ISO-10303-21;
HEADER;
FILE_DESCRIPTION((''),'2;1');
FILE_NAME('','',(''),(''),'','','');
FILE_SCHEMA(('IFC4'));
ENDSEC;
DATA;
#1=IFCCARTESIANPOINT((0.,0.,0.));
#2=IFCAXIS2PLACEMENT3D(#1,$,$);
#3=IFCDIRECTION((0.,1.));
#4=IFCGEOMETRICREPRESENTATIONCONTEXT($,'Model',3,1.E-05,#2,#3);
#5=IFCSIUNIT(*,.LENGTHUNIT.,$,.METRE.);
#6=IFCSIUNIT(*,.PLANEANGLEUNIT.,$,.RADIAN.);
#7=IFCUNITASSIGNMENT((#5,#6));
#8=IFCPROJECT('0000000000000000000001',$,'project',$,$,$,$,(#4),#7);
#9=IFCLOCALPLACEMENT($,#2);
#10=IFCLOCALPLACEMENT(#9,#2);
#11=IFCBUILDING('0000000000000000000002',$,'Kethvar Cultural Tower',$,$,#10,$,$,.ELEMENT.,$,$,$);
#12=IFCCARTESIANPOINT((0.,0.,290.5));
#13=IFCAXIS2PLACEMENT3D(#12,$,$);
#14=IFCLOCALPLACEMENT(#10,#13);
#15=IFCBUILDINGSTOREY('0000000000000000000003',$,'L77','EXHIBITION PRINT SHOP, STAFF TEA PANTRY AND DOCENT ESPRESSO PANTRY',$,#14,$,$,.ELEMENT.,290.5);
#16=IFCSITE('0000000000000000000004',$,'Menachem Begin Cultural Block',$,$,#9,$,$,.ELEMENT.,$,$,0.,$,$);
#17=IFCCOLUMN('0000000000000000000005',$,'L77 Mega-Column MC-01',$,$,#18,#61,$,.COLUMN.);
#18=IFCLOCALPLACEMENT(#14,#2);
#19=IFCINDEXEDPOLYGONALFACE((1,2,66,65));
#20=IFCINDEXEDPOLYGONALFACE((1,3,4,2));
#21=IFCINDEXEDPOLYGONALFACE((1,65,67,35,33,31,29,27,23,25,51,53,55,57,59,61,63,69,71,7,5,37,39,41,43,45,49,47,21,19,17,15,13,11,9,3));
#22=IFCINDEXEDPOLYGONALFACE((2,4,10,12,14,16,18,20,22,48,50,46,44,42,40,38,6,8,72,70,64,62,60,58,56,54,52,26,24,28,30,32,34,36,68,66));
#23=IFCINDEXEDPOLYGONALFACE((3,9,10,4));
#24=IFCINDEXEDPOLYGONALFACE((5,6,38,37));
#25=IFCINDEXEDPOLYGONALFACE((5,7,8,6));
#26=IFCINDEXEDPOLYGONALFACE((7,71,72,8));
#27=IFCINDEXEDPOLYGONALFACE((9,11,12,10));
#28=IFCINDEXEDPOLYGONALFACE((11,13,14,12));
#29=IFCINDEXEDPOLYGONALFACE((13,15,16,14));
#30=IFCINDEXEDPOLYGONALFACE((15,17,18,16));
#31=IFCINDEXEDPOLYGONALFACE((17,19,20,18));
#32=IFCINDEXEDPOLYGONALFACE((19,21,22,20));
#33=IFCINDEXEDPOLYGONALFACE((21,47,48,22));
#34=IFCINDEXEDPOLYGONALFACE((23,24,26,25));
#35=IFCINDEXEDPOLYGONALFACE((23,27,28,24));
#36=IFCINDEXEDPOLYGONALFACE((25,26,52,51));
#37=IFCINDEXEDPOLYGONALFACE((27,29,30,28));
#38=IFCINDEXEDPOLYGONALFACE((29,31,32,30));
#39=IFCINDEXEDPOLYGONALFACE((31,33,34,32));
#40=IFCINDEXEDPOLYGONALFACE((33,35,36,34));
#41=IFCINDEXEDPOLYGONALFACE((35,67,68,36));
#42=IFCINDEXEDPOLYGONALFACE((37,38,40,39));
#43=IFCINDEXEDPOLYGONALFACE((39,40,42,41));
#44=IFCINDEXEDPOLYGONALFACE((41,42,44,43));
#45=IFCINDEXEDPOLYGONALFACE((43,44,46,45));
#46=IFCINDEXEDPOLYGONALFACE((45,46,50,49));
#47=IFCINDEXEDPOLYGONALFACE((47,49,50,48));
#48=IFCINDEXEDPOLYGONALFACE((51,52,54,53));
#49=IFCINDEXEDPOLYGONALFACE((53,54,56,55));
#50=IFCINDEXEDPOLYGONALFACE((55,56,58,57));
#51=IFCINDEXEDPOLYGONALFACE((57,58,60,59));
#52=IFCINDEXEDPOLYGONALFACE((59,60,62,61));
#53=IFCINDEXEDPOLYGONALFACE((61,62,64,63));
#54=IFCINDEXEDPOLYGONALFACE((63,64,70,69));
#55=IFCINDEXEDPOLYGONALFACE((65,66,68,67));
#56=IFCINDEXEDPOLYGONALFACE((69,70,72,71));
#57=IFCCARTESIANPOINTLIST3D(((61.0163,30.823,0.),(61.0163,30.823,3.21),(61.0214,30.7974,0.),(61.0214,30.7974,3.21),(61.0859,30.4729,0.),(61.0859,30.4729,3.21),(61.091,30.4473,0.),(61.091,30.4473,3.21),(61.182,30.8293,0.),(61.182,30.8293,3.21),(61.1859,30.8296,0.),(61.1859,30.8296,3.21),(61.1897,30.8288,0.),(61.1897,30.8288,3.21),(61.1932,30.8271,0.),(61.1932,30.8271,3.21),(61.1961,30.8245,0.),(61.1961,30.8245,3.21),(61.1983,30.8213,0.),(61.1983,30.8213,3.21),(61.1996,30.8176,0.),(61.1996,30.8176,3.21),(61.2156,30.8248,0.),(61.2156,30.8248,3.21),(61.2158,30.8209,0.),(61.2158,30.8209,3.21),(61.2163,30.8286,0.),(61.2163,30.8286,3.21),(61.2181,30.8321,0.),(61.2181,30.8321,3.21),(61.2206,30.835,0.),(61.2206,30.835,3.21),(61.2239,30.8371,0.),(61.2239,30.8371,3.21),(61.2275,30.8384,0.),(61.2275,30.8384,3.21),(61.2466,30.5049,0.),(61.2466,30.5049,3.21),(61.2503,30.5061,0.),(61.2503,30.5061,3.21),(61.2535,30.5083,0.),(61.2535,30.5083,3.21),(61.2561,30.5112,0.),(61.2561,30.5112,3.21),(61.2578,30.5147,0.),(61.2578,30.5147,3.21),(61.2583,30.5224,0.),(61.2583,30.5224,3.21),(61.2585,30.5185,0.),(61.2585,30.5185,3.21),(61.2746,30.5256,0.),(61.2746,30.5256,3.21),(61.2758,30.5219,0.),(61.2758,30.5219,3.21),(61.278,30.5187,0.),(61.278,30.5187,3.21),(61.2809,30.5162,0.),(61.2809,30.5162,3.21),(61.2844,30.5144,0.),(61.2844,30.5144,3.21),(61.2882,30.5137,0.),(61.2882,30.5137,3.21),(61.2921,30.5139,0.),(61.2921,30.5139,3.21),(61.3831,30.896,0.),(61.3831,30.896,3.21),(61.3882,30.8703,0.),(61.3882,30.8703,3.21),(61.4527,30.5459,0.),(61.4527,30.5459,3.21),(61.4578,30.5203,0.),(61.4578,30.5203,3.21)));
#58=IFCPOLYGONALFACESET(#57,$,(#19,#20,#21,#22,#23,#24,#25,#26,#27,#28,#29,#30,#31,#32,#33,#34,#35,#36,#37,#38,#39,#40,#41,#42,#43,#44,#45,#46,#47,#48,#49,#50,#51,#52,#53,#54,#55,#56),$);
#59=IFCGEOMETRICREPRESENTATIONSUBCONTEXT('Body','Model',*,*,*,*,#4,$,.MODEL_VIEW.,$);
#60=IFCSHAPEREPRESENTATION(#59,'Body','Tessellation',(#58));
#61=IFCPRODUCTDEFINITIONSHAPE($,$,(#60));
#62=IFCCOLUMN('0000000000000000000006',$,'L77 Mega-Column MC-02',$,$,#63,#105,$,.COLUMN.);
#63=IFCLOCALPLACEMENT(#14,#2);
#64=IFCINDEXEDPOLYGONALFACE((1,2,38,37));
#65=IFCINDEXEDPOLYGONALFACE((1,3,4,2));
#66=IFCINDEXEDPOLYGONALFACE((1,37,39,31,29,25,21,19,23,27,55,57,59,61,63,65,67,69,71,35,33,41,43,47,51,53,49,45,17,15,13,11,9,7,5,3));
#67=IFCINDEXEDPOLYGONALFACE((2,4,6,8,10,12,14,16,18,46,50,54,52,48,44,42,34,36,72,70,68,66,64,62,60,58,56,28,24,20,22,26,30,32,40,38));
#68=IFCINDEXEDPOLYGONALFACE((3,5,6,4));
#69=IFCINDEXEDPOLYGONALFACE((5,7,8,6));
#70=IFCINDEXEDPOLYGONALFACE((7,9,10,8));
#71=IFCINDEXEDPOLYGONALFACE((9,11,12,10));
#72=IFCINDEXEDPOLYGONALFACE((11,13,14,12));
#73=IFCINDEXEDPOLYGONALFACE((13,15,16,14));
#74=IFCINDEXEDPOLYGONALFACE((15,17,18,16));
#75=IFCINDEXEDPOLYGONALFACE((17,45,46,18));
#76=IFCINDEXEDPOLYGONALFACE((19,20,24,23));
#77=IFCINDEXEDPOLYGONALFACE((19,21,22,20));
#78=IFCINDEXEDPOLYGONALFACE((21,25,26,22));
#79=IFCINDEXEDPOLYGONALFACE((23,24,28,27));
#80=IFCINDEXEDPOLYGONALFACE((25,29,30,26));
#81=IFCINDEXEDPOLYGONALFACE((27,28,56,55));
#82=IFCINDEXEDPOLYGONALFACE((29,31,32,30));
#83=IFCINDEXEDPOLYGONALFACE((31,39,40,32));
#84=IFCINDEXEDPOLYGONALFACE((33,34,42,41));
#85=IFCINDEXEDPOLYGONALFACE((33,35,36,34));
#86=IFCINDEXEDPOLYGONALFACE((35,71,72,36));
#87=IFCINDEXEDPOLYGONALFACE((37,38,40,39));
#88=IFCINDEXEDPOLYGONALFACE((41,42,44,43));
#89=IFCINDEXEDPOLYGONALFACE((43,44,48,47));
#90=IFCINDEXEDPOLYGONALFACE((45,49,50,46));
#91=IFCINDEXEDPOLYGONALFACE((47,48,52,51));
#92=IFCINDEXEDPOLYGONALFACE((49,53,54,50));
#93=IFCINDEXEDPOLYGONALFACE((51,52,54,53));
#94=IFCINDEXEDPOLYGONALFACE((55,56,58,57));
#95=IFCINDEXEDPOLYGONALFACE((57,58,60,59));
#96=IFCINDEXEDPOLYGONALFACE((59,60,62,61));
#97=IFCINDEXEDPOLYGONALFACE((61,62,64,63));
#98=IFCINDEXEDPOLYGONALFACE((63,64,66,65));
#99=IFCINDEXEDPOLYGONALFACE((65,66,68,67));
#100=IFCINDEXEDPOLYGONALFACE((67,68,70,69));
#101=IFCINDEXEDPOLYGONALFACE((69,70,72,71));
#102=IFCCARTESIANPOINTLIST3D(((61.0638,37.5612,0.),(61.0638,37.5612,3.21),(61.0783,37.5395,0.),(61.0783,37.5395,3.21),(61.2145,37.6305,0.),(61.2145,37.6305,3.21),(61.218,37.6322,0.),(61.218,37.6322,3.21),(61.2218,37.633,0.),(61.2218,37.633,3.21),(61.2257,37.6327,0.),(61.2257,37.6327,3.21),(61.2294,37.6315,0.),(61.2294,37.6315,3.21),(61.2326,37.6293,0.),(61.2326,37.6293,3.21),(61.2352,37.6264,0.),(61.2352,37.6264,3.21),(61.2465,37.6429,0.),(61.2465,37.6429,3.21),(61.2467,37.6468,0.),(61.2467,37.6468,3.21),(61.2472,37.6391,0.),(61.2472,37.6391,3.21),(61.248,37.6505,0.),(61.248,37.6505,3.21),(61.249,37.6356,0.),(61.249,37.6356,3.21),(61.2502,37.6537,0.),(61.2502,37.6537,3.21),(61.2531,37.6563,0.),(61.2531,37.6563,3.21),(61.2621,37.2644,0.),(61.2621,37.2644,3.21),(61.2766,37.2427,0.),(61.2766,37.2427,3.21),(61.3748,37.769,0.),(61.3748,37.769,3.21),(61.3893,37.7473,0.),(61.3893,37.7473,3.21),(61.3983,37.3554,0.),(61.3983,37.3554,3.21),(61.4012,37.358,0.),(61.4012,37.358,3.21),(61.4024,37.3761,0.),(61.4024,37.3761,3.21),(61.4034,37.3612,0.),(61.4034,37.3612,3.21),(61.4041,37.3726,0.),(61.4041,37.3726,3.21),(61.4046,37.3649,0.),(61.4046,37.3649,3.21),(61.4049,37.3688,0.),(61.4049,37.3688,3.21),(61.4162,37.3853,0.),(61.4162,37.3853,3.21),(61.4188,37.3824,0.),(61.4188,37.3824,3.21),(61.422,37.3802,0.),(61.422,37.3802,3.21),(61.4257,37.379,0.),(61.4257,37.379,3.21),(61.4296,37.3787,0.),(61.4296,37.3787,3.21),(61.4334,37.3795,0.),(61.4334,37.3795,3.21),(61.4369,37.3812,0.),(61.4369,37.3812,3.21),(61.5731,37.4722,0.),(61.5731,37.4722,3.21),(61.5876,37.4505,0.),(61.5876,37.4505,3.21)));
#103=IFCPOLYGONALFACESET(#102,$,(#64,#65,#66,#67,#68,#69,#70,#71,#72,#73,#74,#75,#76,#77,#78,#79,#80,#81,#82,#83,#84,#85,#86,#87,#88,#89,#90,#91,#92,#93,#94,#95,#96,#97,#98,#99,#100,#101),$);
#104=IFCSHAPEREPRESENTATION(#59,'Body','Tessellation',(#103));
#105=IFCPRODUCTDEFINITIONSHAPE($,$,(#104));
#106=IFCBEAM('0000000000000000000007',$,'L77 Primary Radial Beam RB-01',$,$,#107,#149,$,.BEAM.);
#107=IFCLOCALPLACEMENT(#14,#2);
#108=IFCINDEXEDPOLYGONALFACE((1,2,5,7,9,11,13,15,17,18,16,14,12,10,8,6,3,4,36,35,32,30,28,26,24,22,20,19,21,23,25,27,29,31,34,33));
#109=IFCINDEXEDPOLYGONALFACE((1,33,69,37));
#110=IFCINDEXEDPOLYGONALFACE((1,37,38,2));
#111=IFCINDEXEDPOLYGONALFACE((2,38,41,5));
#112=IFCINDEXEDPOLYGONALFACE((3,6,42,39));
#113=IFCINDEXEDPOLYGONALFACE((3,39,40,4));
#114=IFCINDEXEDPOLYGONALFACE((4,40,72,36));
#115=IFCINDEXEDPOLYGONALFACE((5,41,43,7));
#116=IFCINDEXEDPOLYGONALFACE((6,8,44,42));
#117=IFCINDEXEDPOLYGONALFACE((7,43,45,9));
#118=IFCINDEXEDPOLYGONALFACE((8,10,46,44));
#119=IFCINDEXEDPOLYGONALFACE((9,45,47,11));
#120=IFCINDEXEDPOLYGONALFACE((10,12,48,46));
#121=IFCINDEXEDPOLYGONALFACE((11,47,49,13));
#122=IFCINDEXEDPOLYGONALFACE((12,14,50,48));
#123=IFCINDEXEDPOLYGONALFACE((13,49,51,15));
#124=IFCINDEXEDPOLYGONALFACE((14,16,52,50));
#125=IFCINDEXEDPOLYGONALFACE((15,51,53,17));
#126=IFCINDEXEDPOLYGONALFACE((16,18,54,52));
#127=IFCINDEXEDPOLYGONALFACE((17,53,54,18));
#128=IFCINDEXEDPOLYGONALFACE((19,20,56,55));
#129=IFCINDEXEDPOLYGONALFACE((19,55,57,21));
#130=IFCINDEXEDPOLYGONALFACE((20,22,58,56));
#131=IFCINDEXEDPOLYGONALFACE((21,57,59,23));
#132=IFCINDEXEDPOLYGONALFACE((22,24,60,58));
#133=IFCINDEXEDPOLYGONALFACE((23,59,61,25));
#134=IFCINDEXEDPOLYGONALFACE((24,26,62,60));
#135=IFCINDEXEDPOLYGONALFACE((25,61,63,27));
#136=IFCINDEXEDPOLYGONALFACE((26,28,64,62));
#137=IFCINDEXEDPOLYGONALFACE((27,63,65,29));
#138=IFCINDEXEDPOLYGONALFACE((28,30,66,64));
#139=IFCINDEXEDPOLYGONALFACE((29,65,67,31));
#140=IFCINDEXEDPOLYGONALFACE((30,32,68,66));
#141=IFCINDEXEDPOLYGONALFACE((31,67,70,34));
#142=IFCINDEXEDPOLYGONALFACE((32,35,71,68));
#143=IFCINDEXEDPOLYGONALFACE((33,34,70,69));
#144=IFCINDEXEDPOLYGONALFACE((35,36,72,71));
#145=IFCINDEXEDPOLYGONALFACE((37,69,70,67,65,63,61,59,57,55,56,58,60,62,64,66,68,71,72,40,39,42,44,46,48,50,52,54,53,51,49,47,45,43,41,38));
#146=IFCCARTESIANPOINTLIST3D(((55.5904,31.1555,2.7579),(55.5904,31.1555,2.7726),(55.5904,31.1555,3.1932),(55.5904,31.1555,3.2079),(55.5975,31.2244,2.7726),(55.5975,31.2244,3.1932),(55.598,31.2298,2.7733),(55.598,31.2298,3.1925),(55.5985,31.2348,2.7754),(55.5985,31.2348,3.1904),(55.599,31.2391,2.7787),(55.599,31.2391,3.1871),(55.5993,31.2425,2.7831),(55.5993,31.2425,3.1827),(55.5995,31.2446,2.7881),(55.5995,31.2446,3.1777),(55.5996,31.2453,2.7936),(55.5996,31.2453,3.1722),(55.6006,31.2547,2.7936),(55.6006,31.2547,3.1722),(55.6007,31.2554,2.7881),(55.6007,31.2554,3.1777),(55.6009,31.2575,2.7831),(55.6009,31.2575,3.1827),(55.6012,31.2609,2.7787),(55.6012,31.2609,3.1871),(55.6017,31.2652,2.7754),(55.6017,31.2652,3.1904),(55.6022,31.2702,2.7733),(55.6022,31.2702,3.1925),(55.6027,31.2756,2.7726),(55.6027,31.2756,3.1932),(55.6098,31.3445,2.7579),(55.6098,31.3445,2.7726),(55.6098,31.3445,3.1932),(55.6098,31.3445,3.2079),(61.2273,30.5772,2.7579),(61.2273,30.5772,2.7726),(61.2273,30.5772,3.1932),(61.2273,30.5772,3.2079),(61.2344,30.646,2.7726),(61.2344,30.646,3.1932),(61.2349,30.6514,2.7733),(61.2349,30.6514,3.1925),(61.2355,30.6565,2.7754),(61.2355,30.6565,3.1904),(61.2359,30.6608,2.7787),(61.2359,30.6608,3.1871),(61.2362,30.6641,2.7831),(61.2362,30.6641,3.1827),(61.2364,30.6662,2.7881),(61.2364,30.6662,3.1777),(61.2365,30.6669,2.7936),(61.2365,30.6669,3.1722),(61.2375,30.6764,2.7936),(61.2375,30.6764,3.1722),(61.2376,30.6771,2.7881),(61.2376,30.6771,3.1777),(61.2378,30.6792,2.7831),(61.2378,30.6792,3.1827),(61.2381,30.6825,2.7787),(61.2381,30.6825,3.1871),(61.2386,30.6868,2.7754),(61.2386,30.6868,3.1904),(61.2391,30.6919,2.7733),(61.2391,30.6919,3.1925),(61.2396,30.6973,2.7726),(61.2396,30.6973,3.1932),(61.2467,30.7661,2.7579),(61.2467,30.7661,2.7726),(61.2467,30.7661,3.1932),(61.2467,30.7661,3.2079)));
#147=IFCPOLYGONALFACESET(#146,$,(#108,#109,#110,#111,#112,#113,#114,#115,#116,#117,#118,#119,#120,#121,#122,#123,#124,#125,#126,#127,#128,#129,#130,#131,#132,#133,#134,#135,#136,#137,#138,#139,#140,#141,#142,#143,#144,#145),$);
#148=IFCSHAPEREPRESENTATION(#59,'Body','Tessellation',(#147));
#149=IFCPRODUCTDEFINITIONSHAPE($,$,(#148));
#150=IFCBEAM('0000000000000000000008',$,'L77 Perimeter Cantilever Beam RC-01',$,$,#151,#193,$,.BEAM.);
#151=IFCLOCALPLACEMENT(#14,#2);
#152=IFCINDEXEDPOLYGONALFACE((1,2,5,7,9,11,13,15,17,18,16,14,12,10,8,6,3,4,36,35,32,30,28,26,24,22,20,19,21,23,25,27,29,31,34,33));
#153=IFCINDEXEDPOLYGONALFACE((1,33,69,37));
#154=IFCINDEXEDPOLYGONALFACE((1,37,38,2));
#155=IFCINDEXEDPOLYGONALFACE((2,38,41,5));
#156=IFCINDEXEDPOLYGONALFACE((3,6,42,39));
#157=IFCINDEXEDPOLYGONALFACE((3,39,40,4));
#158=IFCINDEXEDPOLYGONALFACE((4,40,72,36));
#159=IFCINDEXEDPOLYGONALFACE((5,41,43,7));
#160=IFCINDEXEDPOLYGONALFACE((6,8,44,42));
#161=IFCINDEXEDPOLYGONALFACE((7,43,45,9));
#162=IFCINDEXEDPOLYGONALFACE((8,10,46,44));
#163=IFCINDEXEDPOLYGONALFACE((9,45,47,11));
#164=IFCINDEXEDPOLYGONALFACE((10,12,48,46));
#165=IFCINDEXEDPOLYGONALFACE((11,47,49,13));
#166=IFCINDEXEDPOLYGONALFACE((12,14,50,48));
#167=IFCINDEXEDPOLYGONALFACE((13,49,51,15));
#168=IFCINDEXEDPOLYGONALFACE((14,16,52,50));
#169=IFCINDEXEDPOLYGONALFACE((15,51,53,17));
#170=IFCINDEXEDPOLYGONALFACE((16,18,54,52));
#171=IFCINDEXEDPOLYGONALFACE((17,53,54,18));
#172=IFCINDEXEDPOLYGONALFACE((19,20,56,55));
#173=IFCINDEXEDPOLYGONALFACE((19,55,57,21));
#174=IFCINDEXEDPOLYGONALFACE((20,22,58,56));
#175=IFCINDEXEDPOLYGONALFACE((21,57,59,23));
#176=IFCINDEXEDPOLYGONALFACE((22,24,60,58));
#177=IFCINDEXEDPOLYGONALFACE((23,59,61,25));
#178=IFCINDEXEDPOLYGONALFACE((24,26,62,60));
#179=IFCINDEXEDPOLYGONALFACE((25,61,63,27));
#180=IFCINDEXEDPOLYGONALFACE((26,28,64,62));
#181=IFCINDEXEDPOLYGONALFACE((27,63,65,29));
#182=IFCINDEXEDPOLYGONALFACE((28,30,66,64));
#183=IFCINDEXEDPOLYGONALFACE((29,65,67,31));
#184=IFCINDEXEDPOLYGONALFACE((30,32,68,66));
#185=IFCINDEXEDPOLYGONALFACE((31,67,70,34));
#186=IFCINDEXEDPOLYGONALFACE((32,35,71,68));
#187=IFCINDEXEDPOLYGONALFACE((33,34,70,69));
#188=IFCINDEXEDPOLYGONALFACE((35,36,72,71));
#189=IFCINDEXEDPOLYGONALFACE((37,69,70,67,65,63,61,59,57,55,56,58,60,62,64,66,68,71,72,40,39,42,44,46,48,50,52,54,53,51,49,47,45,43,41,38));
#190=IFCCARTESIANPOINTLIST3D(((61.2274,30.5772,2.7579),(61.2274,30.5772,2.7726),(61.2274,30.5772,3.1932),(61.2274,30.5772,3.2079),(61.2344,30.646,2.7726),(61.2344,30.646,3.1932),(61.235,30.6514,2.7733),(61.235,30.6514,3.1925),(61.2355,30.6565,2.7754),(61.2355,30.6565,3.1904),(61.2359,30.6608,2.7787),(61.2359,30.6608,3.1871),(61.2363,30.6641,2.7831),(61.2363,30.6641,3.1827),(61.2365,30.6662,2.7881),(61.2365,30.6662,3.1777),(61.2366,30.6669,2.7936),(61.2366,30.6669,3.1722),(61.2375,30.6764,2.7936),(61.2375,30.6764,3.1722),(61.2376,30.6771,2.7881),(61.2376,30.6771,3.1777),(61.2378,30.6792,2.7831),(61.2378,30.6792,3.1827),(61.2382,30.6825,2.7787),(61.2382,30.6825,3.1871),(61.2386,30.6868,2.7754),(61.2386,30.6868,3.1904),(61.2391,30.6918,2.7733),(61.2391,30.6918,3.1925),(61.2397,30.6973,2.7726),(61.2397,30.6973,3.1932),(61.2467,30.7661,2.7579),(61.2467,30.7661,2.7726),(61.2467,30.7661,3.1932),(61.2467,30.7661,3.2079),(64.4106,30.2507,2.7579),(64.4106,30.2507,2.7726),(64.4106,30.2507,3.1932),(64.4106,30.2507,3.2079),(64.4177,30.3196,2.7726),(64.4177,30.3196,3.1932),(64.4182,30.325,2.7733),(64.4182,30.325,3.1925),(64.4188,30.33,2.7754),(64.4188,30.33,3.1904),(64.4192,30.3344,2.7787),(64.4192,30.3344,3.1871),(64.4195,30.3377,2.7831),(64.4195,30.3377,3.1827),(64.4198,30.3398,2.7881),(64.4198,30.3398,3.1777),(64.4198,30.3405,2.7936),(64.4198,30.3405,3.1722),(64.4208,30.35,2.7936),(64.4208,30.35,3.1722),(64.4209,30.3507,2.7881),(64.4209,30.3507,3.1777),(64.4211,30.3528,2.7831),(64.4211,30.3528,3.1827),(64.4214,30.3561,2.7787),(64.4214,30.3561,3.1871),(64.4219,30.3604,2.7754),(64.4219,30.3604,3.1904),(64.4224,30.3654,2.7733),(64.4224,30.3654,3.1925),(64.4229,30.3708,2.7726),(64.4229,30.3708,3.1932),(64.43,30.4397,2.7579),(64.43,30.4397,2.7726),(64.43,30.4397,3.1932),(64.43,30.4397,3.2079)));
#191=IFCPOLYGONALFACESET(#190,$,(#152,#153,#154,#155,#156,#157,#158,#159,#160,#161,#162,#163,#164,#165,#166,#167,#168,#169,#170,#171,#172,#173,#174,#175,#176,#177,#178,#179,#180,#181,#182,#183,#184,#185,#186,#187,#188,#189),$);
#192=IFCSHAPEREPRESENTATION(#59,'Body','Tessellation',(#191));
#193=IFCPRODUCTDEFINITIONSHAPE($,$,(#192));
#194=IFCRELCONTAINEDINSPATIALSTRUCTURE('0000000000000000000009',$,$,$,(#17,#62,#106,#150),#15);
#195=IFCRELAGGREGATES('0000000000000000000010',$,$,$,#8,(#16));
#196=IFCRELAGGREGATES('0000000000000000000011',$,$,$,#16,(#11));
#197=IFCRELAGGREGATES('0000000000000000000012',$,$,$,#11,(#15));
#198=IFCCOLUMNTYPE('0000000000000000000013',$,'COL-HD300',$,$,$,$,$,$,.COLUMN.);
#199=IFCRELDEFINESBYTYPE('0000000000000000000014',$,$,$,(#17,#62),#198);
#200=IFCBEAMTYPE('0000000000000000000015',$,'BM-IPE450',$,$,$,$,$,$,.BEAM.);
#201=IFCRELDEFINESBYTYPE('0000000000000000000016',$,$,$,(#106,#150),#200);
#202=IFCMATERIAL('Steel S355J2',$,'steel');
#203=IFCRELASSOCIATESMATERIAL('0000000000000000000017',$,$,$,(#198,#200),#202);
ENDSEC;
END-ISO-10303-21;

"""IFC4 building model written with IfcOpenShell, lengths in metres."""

from ifc_helpers import new_model, si_unit, direction, frame, origin, origin_2d, place, context, subcontext, project, spatial, i_section, extrude, source, transform, mapped, material, material_profile, profile_set, type_object, element, save


model = new_model("IFC4")

# Units and contexts
model_context = context("Model", 3, precision=1e-05, world=origin(), true_north=direction((0.0, 1.0)))
body_context = subcontext(model_context, "Body", "Model", "MODEL_VIEW")
ifc_project = project(units=[si_unit("LENGTHUNIT", "METRE"), si_unit("PLANEANGLEUNIT", "RADIAN")], contexts=[model_context])

# Site, building, storey
site_placement = place(None, origin())
site = spatial("IfcSite", under=ifc_project, at=site_placement, Name="Menachem Begin Cultural Block", CompositionType="ELEMENT", RefElevation=0.0)
building_placement = place(site_placement, origin())
building = spatial("IfcBuilding", under=site, at=building_placement, Name="Kethvar Cultural Tower", CompositionType="ELEMENT")
storey_placement = place(building_placement, frame((0.0, 0.0, 290.5)))
storey = spatial("IfcBuildingStorey", under=building, at=storey_placement, Name="L77", Description="EXHIBITION PRINT SHOP, STAFF TEA PANTRY AND DOCENT ESPRESSO PANTRY", CompositionType="ELEMENT", Elevation=290.5)

# Columns
ifc_material_1 = material(Name="Steel S355J2", Category="steel")
ifc_material_profile_1 = material_profile(ifc_material_1, i_section(OverallWidth=0.374, OverallDepth=0.3831, WebThickness=0.0166, FlangeThickness=0.0261, FilletRadius=0.0149, at=origin_2d()), Name="Steel S355J2 — HD360x300")
ifc_profile_set_1 = profile_set([ifc_material_profile_1], Name="Steel S355J2 — HD360x300")
column_type = type_object("IfcColumnType", Name="COL-HD300", PredefinedType="COLUMN", material=ifc_profile_set_1)
shared_shape_1 = source(origin(), body_context, "Body", "SweptSolid", [
    extrude(i_section(OverallWidth=0.374, OverallDepth=0.3831, WebThickness=0.0166, FlangeThickness=0.0261, FilletRadius=0.0149, at=origin_2d()), origin(), (0.0, 0.0, 1.0), 3.21),
])
for number, where, z_axis, x_axis, name in (
    (1, (61.2371, 30.6716, 0.0), (0.0, 0.0, 1.0), (0.980785, 0.19509, 0.0), "L77 Mega-Column MC-01"),
    (2, (61.3257, 37.5059, 0.0), (0.0, 0.0, 1.0), (0.83147, 0.55557, 0.0), "L77 Mega-Column MC-02"),
):
    element("IfcColumn", number, at=place(storey_placement, frame(where, z_axis=z_axis, x_axis=x_axis)), inside=storey, type_object=column_type, Name=name, PredefinedType="COLUMN", context=body_context, shape_type="MappedRepresentation", body=[
        mapped(shared_shape_1, transform((0.0, 0.0, 0.0), scale=1.0)),
    ])

# Beams
ifc_material_profile_2 = material_profile(ifc_material_1, i_section(OverallWidth=0.1899, OverallDepth=0.45, WebThickness=0.0095, FlangeThickness=0.0146, FilletRadius=0.021, at=origin_2d()), Name="Steel S355J2 — IPE450")
ifc_profile_set_2 = profile_set([ifc_material_profile_2], Name="Steel S355J2 — IPE450")
beam_type_1 = type_object("IfcBeamType", Name="BM-IPE450", PredefinedType="BEAM", material=ifc_profile_set_2)
shared_shape_2 = source(origin(), body_context, "Body", "SweptSolid", [
    extrude(i_section(OverallWidth=0.1899, OverallDepth=0.45, WebThickness=0.0095, FlangeThickness=0.0146, FilletRadius=0.021, at=origin_2d()), origin(), (0.0, 0.0, 1.0), 5.6665),
])
beam_1_placement = place(storey_placement, frame((55.6001, 31.25, 2.9829), z_axis=(0.994778, -0.102067, 0.0), x_axis=(0.102067, 0.994778, 0.0)))
element("IfcBeam", 3, at=beam_1_placement, inside=storey, type_object=beam_type_1, Name="L77 Primary Radial Beam RB-01", PredefinedType="BEAM", context=body_context, shape_type="MappedRepresentation", body=[
    mapped(shared_shape_2, transform((0.0, 0.0, 0.0), scale=1.0)),
])
shared_shape_3 = source(origin(), body_context, "Body", "SweptSolid", [
    extrude(i_section(OverallWidth=0.1899, OverallDepth=0.45, WebThickness=0.0095, FlangeThickness=0.0146, FilletRadius=0.021, at=origin_2d()), origin(), (0.0, 0.0, 1.0), 3.2),
])
beam_2_placement = place(storey_placement, frame((61.2371, 30.6716, 2.9829), z_axis=(0.994784, -0.102004, 0.0), x_axis=(0.102004, 0.994784, 0.0)))
element("IfcBeam", 4, at=beam_2_placement, inside=storey, type_object=beam_type_1, Name="L77 Perimeter Cantilever Beam RC-01", PredefinedType="BEAM", context=body_context, shape_type="MappedRepresentation", body=[
    mapped(shared_shape_3, transform((0.0, 0.0, 0.0), scale=1.0)),
])

save(model, "model.ifc")
